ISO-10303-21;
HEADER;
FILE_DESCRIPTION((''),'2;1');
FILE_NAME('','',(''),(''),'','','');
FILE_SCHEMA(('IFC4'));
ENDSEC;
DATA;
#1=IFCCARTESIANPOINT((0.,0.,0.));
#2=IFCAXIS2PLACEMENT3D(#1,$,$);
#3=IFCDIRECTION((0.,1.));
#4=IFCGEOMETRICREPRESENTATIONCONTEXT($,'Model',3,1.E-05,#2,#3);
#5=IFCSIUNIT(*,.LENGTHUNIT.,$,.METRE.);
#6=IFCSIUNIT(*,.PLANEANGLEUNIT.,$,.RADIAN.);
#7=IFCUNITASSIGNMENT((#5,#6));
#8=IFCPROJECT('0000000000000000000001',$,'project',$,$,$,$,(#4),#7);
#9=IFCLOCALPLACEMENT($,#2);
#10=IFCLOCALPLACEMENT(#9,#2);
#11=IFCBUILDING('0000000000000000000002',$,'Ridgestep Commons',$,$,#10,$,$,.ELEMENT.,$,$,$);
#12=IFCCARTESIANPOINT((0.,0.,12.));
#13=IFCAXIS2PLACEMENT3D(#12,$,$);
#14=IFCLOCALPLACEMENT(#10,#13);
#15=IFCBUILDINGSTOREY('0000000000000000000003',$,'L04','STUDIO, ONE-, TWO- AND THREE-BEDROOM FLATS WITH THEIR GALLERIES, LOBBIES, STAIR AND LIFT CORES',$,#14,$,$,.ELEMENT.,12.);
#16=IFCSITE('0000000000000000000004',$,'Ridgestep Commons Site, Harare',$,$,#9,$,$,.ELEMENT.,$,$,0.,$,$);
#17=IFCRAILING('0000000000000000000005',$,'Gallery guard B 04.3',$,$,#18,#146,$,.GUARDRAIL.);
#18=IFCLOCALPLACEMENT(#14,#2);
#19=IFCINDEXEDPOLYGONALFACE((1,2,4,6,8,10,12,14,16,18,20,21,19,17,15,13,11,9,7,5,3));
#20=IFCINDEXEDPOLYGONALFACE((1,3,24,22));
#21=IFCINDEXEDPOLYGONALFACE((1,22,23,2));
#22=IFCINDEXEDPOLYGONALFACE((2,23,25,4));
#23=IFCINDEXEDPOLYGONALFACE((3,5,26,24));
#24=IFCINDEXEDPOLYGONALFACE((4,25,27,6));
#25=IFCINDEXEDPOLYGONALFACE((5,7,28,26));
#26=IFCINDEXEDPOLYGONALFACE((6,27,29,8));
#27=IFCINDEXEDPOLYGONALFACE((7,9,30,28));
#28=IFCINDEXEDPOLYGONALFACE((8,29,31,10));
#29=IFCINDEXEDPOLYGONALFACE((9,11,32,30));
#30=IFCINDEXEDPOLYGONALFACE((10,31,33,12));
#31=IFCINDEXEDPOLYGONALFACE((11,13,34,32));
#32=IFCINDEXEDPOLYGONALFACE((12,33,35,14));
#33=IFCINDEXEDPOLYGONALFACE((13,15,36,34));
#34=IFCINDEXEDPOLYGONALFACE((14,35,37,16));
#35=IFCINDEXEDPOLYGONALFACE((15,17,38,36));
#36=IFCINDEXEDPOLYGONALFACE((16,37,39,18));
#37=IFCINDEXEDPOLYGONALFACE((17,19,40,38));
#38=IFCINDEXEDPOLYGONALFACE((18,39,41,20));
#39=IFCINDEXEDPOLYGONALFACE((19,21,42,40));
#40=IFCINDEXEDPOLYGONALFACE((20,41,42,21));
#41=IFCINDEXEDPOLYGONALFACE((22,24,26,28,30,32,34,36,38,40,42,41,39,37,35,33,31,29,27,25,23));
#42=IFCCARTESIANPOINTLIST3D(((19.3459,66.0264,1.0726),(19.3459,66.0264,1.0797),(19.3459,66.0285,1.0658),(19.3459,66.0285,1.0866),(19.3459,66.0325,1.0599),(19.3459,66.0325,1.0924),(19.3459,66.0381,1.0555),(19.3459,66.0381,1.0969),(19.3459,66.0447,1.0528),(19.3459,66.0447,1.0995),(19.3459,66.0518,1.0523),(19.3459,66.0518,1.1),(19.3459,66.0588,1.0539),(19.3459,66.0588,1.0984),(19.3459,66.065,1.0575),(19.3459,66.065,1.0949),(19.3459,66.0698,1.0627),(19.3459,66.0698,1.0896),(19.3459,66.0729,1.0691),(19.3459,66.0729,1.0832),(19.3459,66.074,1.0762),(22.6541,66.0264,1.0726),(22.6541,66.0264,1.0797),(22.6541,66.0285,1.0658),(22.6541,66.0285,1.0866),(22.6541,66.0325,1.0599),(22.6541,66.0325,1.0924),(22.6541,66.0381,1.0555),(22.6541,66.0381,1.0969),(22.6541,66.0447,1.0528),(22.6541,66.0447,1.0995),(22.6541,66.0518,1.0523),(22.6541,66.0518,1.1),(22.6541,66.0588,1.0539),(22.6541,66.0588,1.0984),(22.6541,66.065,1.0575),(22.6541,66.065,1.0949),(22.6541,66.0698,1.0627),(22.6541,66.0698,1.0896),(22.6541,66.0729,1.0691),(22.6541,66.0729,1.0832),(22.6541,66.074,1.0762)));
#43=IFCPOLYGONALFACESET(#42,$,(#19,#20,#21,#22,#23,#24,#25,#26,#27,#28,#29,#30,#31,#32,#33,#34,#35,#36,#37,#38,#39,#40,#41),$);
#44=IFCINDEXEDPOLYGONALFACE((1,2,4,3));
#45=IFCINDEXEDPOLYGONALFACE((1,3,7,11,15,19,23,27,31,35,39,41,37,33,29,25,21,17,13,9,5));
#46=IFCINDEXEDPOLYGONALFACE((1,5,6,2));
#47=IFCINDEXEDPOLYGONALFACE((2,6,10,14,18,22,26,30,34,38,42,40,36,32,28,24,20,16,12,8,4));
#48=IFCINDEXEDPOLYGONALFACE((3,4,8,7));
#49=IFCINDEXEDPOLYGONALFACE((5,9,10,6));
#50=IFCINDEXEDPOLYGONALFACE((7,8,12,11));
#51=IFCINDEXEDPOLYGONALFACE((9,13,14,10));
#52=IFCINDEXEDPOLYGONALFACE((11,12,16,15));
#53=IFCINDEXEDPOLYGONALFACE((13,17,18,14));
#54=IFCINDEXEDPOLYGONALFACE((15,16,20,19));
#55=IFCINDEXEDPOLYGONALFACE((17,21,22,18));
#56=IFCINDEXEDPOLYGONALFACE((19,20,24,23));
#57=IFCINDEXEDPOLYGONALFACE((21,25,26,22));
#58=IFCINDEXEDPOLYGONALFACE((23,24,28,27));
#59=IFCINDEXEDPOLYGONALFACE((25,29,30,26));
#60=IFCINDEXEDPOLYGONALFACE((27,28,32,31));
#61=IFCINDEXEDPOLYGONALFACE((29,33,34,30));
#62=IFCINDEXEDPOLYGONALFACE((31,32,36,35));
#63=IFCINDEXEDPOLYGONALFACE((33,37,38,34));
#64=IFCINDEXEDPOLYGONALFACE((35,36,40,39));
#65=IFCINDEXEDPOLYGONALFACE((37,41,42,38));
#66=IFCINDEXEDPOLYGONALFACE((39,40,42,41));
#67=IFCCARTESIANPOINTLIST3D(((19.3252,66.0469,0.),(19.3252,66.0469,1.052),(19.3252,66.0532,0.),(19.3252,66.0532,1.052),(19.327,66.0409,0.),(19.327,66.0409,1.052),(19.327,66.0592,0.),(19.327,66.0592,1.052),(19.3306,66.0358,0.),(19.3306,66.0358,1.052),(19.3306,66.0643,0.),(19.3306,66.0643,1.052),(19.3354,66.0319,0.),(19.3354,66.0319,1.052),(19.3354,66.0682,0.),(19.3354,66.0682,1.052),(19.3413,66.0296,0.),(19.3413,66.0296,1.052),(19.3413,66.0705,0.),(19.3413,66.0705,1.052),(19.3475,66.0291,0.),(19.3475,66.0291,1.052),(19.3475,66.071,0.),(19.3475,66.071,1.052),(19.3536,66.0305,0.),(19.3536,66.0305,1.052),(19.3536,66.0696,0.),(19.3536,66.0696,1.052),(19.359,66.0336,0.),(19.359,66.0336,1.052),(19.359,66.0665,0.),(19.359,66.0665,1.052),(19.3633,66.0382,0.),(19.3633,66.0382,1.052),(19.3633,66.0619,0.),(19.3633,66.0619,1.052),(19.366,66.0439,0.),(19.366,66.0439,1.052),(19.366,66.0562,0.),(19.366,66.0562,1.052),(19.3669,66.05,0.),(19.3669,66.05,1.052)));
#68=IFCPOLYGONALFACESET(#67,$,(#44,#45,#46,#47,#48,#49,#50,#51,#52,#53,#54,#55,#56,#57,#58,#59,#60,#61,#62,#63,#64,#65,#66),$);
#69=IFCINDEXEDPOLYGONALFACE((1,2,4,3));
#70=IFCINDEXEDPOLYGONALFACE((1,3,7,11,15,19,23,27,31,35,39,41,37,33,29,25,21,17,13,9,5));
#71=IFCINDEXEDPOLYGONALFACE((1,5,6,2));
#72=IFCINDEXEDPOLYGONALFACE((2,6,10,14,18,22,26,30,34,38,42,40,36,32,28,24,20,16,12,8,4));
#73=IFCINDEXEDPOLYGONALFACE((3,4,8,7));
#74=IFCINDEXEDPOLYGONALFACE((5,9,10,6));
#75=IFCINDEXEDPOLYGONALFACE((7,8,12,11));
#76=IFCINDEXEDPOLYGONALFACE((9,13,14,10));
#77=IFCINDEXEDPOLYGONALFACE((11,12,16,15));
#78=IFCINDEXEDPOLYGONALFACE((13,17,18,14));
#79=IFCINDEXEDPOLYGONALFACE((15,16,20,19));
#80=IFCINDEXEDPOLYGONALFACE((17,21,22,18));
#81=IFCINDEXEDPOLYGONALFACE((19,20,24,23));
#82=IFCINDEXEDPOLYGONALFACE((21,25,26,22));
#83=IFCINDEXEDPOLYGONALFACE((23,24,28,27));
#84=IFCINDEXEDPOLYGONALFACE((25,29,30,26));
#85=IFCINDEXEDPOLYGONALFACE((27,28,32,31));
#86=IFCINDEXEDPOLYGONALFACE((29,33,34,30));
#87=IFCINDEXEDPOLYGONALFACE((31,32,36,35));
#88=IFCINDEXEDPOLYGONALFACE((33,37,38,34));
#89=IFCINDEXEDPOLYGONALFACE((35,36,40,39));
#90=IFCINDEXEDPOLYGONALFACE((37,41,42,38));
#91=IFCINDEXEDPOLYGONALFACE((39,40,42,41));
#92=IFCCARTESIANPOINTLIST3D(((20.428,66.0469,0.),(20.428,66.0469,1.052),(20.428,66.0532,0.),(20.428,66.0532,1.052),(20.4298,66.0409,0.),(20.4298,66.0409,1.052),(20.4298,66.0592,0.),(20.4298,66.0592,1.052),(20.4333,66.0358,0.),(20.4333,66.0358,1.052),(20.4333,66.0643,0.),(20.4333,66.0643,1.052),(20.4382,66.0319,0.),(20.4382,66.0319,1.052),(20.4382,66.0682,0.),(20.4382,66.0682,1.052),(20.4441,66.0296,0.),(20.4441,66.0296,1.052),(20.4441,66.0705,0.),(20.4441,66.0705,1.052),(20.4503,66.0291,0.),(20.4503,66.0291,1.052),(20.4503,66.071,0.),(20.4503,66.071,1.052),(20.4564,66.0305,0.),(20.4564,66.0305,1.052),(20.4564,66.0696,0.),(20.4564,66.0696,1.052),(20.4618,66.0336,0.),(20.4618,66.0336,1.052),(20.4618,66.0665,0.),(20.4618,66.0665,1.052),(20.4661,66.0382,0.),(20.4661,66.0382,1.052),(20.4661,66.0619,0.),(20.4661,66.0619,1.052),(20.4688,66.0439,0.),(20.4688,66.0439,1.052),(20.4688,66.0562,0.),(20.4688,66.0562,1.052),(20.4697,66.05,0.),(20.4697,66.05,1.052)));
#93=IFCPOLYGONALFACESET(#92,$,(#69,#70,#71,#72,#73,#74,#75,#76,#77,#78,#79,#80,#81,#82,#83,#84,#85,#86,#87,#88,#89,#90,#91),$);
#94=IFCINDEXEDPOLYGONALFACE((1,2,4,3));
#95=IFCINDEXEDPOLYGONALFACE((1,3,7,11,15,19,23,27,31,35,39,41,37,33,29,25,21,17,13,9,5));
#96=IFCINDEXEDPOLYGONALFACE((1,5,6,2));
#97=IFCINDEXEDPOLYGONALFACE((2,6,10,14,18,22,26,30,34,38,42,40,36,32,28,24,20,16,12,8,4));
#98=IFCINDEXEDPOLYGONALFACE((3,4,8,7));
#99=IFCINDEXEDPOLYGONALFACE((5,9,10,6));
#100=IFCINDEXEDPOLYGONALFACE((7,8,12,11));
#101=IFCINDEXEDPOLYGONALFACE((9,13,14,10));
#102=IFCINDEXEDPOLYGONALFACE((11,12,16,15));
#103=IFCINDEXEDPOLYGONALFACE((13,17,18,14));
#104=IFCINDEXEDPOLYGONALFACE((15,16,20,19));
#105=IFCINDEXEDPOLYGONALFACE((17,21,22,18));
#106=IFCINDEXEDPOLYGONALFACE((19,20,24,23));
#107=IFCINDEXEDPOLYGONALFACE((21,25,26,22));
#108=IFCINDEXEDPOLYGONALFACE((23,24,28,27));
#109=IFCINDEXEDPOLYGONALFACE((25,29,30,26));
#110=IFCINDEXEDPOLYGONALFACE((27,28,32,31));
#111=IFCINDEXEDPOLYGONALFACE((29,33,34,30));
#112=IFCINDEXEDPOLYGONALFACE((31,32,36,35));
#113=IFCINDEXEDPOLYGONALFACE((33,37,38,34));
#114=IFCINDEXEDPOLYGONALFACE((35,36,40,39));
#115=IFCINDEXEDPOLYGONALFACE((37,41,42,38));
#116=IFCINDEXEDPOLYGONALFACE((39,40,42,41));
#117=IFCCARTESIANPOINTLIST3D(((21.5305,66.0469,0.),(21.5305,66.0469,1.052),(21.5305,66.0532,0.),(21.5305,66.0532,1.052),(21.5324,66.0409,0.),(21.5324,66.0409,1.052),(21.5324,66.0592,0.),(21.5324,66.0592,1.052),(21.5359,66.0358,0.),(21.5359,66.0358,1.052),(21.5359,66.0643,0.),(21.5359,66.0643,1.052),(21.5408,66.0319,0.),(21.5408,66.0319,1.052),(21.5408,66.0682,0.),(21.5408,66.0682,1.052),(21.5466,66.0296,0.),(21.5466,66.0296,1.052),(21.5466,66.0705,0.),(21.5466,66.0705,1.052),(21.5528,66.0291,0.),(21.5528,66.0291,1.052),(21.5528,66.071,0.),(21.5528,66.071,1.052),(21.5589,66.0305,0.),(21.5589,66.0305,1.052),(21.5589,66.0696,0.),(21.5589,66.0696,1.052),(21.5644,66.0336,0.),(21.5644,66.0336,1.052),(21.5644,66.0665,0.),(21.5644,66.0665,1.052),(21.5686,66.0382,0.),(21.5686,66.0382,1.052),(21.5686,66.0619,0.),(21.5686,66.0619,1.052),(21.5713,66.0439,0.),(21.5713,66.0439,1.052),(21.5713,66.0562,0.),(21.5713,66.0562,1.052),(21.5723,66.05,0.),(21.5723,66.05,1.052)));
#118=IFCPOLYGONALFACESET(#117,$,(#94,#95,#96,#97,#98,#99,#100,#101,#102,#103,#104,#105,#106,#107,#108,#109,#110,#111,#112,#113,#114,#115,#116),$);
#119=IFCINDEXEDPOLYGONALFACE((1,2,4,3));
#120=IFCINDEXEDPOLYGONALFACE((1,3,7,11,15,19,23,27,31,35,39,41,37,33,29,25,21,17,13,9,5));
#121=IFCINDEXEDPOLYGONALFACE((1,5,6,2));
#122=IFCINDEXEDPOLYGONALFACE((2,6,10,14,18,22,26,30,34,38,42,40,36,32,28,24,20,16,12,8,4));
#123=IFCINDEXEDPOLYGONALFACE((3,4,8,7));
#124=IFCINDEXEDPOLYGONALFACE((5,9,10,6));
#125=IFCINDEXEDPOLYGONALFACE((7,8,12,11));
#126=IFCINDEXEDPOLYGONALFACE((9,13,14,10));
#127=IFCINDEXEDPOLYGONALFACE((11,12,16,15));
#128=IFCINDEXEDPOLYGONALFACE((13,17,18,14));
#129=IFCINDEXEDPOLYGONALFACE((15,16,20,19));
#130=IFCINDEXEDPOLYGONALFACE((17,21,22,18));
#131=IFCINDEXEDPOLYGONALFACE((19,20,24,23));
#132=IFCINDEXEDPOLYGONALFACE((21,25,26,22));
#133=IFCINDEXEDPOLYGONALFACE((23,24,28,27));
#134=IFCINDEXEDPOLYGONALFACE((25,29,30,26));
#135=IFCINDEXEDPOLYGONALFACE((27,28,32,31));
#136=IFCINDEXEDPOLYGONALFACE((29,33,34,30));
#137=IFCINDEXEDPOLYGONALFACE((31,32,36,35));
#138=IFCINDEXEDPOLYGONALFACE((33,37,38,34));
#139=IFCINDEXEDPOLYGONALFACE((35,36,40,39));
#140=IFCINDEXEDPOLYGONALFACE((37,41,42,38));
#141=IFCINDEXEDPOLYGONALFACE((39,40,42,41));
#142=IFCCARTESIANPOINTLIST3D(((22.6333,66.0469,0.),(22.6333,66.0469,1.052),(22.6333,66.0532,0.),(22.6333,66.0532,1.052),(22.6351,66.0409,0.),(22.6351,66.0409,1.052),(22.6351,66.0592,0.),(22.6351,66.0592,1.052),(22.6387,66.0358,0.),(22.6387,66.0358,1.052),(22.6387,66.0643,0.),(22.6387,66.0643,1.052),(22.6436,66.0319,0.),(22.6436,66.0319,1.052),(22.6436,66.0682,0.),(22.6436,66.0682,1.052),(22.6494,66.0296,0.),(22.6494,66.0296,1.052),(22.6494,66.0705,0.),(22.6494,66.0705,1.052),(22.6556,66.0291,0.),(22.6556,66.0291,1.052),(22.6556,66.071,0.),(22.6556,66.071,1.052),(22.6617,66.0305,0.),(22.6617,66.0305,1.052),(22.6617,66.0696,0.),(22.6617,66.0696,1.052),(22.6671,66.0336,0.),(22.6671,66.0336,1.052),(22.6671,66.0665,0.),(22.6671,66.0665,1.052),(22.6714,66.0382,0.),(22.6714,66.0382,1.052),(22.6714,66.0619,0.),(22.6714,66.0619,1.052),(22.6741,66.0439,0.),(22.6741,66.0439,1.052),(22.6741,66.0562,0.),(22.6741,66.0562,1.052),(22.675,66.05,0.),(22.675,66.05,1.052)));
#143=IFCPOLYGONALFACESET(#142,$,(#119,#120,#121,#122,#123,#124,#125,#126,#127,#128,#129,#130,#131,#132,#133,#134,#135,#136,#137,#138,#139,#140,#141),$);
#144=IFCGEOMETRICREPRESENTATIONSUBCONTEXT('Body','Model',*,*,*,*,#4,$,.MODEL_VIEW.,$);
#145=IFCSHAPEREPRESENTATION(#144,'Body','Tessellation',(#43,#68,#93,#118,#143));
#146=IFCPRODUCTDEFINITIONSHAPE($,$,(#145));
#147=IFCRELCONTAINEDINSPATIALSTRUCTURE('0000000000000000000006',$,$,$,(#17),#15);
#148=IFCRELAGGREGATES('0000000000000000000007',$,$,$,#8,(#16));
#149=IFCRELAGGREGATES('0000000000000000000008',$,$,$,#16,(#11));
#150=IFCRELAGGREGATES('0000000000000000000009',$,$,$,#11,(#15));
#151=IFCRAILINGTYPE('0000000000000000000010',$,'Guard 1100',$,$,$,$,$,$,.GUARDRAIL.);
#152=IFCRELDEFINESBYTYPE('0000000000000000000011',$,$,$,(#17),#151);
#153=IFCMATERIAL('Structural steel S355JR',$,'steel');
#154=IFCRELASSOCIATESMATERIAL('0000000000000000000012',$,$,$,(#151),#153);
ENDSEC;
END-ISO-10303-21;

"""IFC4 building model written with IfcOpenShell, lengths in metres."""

from ifc_helpers import new_model, si_unit, direction, frame, origin, origin_2d, place, context, subcontext, project, spatial, circle, extrude, material, type_object, element, save


model = new_model("IFC4")

# Units and contexts
model_context = context("Model", 3, precision=1e-05, world=origin(), true_north=direction((0.0, 1.0)))
body_context = subcontext(model_context, "Body", "Model", "MODEL_VIEW")
ifc_project = project(units=[si_unit("LENGTHUNIT", "METRE"), si_unit("PLANEANGLEUNIT", "RADIAN")], contexts=[model_context])

# Site, building, storey
site_placement = place(None, origin())
site = spatial("IfcSite", under=ifc_project, at=site_placement, Name="Ridgestep Commons Site, Harare", CompositionType="ELEMENT", RefElevation=0.0)
building_placement = place(site_placement, origin())
building = spatial("IfcBuilding", under=site, at=building_placement, Name="Ridgestep Commons", CompositionType="ELEMENT")
storey_placement = place(building_placement, frame((0.0, 0.0, 12.0)))
storey = spatial("IfcBuildingStorey", under=building, at=storey_placement, Name="L04", Description="STUDIO, ONE-, TWO- AND THREE-BEDROOM FLATS WITH THEIR GALLERIES, LOBBIES, STAIR AND LIFT CORES", CompositionType="ELEMENT", Elevation=12.0)

# Railing
ifc_material_1 = material(Name="Structural steel S355JR", Category="steel")
railing_type = type_object("IfcRailingType", Name="Guard 1100", PredefinedType="GUARDRAIL", material=ifc_material_1)
railing_1_placement = place(storey_placement, frame((19.3459, 66.05, 0.0)))
element("IfcRailing", 1, at=railing_1_placement, inside=storey, type_object=railing_type, Name="Gallery guard B 04.3", PredefinedType="GUARDRAIL", context=body_context, shape_type="SweptSolid", body=[
    extrude(circle(Radius=0.0239, at=origin_2d()), frame((0.0, 0.0, 1.0762), z_axis=(1.0, 0.0, 0.0), x_axis=(0.0, 1.0, 0.0)), (0.0, 0.0, 1.0), 3.3081),
    extrude(circle(Radius=0.021, at=origin_2d()), origin(), (0.0, 0.0, 1.0), 1.052),
    extrude(circle(Radius=0.021, at=origin_2d()), frame((1.1028, 0.0, 0.0)), (0.0, 0.0, 1.0), 1.052),
    extrude(circle(Radius=0.021, at=origin_2d()), frame((2.2053, 0.0, 0.0)), (0.0, 0.0, 1.0), 1.052),
    extrude(circle(Radius=0.021, at=origin_2d()), frame((3.3081, 0.0, 0.0)), (0.0, 0.0, 1.0), 1.052),
])

save(model, "model.ifc")
